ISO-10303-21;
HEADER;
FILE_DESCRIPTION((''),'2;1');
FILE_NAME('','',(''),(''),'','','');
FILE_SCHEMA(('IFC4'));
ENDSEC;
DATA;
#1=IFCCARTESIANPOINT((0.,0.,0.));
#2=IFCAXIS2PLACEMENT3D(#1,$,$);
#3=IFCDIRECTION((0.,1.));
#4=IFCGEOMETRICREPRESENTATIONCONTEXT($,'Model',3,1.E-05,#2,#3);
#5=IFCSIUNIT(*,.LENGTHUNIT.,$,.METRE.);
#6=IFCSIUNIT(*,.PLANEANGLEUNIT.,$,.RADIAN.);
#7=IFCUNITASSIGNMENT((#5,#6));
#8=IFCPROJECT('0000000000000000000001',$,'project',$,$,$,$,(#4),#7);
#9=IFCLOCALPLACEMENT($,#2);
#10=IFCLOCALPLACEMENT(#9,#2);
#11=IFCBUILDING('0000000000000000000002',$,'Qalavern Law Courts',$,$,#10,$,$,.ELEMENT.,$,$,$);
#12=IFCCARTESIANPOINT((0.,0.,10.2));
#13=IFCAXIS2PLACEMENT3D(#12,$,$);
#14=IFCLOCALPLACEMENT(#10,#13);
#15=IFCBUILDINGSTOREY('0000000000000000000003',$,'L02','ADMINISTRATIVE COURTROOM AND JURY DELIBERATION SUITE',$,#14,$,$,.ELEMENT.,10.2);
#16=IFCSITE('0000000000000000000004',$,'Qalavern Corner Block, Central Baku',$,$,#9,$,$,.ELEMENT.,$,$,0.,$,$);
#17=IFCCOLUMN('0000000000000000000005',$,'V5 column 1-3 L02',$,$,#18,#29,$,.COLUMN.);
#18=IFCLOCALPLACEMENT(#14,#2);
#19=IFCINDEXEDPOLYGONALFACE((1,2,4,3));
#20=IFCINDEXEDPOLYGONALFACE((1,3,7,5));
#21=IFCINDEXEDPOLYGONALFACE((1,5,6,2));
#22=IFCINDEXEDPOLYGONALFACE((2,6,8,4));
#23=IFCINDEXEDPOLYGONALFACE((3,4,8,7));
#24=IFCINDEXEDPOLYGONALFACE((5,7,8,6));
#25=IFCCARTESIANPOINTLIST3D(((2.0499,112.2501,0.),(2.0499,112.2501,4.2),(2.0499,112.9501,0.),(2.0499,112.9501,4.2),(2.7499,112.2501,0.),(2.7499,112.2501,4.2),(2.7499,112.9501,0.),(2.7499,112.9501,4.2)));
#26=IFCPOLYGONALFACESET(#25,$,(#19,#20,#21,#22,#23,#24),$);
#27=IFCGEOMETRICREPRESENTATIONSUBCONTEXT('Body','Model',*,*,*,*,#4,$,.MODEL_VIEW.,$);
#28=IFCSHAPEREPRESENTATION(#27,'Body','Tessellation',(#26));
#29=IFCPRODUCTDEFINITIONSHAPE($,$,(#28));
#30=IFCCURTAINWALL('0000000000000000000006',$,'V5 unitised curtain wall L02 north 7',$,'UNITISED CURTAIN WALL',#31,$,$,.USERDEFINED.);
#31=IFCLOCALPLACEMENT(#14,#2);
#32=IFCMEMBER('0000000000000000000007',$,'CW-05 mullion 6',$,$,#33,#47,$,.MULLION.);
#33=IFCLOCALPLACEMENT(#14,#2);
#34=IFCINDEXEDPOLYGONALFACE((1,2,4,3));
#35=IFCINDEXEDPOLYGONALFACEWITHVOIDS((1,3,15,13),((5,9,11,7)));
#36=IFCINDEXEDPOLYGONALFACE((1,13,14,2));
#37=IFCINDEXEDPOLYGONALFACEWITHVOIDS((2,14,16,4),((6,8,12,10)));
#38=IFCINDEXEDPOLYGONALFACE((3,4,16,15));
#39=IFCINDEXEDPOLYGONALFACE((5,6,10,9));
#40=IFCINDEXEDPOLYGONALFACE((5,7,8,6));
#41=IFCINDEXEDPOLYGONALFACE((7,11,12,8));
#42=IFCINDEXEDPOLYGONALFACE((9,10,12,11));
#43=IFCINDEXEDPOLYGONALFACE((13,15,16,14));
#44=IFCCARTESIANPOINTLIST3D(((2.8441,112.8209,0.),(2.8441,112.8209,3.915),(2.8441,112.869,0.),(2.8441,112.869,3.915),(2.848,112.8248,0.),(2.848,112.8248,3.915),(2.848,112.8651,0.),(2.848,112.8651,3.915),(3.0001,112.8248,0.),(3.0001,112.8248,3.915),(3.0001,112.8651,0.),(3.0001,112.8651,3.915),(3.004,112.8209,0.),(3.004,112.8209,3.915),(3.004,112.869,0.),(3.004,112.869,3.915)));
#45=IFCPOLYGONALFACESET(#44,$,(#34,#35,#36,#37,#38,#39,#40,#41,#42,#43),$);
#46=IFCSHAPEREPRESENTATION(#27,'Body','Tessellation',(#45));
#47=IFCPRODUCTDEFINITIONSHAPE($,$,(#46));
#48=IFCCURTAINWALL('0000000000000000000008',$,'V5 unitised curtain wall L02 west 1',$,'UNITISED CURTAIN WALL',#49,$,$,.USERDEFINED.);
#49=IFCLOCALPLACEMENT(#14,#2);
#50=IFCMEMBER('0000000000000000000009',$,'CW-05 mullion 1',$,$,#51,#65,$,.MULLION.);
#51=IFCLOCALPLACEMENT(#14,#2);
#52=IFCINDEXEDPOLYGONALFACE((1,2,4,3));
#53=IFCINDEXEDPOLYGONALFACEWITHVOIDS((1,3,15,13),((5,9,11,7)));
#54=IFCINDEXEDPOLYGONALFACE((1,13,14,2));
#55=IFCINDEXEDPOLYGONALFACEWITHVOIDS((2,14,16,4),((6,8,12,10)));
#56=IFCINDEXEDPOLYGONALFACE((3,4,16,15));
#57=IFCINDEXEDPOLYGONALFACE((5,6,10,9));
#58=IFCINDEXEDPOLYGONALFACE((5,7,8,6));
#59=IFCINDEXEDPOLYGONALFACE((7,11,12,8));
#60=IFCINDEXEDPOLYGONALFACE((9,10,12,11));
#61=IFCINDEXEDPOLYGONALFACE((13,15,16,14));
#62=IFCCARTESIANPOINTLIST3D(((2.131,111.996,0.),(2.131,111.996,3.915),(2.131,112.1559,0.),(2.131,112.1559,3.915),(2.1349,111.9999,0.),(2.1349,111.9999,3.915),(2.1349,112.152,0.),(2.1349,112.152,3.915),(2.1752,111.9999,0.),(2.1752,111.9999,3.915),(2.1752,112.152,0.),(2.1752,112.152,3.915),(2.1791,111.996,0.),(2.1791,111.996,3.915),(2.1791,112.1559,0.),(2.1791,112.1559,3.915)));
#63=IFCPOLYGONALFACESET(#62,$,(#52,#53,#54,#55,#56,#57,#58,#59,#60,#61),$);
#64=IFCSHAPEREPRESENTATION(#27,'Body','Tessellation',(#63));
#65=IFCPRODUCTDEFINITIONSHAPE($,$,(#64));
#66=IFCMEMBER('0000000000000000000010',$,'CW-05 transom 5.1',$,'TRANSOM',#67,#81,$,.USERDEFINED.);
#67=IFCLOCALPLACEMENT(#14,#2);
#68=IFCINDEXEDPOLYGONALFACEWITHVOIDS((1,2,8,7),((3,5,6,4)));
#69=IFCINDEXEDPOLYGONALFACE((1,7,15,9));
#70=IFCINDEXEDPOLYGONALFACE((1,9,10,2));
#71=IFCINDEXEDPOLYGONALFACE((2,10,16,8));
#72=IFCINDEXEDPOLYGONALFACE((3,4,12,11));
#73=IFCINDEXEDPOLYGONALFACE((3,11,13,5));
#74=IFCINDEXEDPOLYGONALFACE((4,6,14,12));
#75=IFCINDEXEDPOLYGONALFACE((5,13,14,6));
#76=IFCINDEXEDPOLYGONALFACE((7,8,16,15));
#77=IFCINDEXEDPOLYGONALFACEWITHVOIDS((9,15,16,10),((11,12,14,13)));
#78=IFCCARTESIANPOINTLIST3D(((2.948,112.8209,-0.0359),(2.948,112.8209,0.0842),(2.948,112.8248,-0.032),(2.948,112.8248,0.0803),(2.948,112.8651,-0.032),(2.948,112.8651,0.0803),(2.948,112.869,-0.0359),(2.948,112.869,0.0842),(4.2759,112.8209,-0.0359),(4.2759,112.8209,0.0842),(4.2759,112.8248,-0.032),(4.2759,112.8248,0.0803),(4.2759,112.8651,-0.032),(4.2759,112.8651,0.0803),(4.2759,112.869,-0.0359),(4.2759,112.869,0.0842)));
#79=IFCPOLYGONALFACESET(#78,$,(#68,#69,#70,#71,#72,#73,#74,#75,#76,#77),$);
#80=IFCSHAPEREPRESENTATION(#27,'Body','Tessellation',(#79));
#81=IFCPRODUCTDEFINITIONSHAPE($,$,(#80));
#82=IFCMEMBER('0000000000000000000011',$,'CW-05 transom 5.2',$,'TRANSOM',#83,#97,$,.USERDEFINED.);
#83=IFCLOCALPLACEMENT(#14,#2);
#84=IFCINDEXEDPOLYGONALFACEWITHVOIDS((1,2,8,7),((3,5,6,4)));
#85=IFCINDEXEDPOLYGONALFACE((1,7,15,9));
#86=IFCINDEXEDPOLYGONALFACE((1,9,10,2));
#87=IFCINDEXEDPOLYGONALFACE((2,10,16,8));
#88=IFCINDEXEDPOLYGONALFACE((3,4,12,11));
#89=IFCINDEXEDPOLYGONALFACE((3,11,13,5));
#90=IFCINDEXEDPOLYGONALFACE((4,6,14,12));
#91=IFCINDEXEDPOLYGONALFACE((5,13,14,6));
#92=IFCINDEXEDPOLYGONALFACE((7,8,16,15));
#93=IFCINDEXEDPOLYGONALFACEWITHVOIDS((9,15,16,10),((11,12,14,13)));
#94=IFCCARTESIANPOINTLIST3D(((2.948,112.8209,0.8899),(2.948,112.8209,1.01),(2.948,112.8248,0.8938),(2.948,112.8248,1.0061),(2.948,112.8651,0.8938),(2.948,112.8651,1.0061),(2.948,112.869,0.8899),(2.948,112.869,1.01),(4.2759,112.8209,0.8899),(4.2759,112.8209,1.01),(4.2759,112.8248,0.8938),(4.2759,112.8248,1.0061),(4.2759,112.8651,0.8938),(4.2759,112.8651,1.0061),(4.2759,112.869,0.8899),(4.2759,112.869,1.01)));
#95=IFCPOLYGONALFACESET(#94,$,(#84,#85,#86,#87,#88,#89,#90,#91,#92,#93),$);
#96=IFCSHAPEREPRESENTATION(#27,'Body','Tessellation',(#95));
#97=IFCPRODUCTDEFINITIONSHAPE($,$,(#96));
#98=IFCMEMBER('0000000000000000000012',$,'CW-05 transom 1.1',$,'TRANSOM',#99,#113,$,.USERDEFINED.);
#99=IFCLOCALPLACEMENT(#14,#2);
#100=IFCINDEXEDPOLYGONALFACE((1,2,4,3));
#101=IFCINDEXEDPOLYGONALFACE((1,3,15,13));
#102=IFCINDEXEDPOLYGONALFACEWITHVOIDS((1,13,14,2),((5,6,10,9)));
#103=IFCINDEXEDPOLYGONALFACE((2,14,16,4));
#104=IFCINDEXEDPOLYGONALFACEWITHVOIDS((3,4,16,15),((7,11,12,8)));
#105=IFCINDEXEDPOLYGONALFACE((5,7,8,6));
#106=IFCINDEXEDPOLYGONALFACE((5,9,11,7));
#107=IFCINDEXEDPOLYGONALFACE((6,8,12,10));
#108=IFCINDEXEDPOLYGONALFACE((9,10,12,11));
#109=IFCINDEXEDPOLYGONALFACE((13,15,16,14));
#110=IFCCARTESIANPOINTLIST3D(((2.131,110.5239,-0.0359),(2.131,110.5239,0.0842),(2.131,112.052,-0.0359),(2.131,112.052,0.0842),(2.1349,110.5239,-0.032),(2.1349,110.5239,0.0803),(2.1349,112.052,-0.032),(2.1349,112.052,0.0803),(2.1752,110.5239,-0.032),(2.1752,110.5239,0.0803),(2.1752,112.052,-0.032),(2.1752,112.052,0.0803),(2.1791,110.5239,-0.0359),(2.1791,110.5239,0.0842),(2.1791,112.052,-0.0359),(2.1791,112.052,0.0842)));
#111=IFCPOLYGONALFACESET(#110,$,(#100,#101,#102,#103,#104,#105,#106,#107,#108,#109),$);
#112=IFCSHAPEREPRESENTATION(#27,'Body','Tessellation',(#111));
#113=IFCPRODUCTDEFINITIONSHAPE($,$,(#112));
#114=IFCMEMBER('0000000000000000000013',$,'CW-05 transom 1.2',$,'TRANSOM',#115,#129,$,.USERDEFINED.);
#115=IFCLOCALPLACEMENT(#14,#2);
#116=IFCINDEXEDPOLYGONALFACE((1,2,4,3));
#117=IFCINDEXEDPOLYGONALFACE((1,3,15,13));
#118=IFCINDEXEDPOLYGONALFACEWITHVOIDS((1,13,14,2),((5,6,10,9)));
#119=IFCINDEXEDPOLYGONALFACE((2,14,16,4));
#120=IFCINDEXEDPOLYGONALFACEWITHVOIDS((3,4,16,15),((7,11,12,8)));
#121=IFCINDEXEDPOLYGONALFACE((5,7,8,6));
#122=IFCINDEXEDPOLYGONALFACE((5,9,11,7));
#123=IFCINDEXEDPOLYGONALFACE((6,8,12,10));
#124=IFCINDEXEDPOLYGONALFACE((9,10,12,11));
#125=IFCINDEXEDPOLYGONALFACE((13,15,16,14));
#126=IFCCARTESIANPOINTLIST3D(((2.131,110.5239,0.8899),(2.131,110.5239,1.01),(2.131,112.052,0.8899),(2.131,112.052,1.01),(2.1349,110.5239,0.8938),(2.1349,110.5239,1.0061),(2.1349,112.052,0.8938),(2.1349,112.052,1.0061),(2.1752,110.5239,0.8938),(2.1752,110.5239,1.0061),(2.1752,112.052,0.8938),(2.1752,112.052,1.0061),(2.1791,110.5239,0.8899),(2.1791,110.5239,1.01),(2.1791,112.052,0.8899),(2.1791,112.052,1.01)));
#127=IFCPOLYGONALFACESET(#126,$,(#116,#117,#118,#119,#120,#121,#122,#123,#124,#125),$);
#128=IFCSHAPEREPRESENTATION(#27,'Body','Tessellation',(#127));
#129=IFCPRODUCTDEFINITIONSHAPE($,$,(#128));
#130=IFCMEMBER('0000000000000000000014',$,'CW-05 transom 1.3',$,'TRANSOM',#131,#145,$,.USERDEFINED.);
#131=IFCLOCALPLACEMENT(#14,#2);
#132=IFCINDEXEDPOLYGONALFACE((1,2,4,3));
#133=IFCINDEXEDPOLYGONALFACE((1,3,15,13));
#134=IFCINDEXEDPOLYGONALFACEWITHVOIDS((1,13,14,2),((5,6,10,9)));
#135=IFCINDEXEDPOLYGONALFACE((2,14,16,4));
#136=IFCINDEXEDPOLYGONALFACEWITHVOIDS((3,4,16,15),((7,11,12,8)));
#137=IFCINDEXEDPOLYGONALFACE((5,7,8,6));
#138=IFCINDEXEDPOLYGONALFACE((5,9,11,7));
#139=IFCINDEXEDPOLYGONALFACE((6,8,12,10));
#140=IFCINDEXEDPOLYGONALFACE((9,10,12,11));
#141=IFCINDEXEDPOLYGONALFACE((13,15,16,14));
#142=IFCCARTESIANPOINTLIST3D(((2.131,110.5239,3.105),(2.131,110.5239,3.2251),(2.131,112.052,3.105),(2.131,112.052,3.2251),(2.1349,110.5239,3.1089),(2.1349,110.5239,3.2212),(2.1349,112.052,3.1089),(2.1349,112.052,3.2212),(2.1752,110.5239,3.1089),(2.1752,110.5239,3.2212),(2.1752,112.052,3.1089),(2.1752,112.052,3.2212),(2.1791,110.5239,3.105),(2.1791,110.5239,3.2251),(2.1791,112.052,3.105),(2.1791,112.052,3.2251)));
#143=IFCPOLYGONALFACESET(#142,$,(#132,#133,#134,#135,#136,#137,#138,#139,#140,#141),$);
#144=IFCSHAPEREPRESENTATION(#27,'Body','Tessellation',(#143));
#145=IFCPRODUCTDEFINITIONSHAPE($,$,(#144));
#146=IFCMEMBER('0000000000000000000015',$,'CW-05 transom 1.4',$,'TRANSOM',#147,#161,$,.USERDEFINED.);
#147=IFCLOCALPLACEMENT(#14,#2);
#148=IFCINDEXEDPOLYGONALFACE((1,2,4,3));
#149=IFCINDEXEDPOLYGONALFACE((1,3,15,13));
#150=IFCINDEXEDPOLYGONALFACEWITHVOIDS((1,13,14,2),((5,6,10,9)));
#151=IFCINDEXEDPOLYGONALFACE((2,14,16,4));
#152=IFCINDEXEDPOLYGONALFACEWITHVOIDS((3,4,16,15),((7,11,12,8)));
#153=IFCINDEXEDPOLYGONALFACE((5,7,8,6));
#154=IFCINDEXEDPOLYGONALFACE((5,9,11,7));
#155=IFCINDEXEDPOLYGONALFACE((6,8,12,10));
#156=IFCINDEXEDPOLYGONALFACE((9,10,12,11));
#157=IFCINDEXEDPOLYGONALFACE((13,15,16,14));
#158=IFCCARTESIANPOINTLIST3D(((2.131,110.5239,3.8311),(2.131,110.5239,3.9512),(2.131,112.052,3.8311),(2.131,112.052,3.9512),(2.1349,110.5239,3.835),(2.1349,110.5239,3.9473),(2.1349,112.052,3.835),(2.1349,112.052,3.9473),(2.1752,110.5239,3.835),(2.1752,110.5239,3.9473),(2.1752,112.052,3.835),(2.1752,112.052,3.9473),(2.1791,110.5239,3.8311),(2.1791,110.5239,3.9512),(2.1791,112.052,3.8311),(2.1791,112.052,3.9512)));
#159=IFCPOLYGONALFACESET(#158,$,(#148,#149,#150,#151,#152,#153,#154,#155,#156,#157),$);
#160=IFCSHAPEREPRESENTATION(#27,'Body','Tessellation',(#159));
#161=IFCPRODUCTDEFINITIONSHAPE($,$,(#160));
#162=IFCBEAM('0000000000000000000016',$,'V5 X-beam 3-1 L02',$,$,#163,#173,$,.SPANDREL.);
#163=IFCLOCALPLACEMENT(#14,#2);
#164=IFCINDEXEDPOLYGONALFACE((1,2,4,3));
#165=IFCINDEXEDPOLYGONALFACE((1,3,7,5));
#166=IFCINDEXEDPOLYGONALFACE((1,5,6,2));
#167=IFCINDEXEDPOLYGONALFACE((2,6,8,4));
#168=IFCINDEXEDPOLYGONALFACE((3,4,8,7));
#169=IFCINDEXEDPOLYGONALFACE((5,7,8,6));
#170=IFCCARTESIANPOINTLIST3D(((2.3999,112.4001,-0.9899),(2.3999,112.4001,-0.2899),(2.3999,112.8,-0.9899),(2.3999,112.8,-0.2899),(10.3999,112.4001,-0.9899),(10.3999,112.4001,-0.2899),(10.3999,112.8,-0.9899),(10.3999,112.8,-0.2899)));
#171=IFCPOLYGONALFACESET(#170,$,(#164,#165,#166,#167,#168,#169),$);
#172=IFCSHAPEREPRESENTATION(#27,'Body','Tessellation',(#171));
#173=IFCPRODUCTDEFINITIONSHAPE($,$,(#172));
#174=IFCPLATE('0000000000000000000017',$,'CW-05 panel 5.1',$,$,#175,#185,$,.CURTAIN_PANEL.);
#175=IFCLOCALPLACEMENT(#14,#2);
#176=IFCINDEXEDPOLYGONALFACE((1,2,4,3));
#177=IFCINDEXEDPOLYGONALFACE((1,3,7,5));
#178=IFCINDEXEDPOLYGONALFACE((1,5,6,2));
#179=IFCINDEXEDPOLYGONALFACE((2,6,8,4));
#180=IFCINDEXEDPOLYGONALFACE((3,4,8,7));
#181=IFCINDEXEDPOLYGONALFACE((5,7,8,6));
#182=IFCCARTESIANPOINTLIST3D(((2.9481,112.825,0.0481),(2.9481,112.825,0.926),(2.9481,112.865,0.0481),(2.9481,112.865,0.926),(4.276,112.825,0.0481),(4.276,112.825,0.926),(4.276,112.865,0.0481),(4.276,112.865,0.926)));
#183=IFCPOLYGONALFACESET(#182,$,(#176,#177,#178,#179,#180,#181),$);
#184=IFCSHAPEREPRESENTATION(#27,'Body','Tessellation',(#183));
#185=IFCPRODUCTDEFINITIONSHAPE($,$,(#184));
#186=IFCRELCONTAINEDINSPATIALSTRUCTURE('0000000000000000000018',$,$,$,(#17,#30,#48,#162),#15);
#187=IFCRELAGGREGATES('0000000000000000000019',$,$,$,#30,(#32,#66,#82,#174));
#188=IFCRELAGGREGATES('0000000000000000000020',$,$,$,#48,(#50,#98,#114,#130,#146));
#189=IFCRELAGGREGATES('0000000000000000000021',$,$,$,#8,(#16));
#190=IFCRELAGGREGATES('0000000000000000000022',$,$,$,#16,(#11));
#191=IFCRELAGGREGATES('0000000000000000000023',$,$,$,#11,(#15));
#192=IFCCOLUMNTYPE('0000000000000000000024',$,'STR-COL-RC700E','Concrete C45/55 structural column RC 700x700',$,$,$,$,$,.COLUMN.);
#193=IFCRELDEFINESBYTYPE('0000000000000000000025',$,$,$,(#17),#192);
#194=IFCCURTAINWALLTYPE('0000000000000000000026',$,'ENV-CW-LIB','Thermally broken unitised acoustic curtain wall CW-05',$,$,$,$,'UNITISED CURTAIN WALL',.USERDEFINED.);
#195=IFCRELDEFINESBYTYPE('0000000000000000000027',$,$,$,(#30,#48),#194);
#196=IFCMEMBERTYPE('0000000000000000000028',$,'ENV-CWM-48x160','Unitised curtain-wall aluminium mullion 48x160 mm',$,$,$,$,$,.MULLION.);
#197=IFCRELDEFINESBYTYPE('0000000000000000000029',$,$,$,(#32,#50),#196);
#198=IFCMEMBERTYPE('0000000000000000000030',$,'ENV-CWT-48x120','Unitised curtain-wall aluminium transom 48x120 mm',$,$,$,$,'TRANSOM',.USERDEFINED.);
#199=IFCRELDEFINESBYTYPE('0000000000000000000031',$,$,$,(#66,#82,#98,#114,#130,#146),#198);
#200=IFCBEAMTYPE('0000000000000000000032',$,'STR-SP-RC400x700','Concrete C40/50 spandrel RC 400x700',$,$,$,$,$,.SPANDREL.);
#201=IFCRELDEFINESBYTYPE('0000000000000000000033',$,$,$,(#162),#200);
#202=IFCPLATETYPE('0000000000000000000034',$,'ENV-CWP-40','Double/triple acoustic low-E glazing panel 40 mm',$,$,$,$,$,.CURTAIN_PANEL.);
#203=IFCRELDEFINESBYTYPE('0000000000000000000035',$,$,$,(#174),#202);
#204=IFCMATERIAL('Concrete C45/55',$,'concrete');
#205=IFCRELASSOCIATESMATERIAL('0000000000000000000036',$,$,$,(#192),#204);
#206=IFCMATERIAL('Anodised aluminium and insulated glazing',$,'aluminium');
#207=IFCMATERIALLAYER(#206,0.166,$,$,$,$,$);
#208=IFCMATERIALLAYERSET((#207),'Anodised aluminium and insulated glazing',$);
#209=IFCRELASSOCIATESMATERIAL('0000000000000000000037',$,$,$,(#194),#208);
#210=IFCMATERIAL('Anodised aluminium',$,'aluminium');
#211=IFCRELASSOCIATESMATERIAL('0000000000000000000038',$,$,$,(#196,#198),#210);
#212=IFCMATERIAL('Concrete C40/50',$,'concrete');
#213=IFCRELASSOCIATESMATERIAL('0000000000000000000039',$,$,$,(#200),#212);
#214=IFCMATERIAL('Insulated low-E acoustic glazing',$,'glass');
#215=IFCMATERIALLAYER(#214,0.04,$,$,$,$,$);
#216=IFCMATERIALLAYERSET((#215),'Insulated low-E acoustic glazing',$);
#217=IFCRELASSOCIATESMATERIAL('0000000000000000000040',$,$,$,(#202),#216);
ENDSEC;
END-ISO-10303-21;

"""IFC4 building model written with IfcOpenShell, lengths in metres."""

from ifc_helpers import new_model, si_unit, direction, frame, origin, origin_2d, place, context, subcontext, project, spatial, rectangle, hollow_rectangle, extrude, material, layer, layer_set, material_profile, profile_set, type_object, element, aggregate, save


model = new_model("IFC4")

# Units and contexts
model_context = context("Model", 3, precision=1e-05, world=origin(), true_north=direction((0.0, 1.0)))
body_context = subcontext(model_context, "Body", "Model", "MODEL_VIEW")
ifc_project = project(units=[si_unit("LENGTHUNIT", "METRE"), si_unit("PLANEANGLEUNIT", "RADIAN")], contexts=[model_context])

# Site, building, storey
site_placement = place(None, origin())
site = spatial("IfcSite", under=ifc_project, at=site_placement, Name="Qalavern Corner Block, Central Baku", CompositionType="ELEMENT", RefElevation=0.0)
building_placement = place(site_placement, origin())
building = spatial("IfcBuilding", under=site, at=building_placement, Name="Qalavern Law Courts", CompositionType="ELEMENT")
storey_placement = place(building_placement, frame((0.0, 0.0, 10.2)))
storey = spatial("IfcBuildingStorey", under=building, at=storey_placement, Name="L02", Description="ADMINISTRATIVE COURTROOM AND JURY DELIBERATION SUITE", CompositionType="ELEMENT", Elevation=10.2)

# Column
ifc_material_1 = material(Name="Concrete C45/55", Category="concrete")
ifc_material_profile_1 = material_profile(ifc_material_1, rectangle(XDim=0.7, YDim=0.7, at=origin_2d()), Name="RC 700x700")
ifc_profile_set_1 = profile_set([ifc_material_profile_1], Name="Concrete C45/55")
column_type = type_object("IfcColumnType", Name="STR-COL-RC700E", Description="Concrete C45/55 structural column RC 700x700", PredefinedType="COLUMN", material=ifc_profile_set_1)
column_placement = place(storey_placement, frame((2.3999, 112.6001, 0.0), z_axis=(0.0, 0.0, 1.0), x_axis=(1.0, 0.0, 0.0)))
element("IfcColumn", 1, at=column_placement, inside=storey, type_object=column_type, Name="V5 column 1-3 L02", PredefinedType="COLUMN", context=body_context, shape_type="SweptSolid", body=[
    extrude(rectangle(XDim=0.7, YDim=0.7, at=origin_2d()), origin(), (0.0, 0.0, 1.0), 4.2),
])

# Curtain walls, members
ifc_material_2 = material(Name="Anodised aluminium and insulated glazing", Category="aluminium")
ifc_layer_1 = layer(ifc_material_2, 0.166)
ifc_layer_set_1 = layer_set([ifc_layer_1], Name="Anodised aluminium and insulated glazing")
curtain_wall_type = type_object("IfcCurtainWallType", Name="ENV-CW-LIB", Description="Thermally broken unitised acoustic curtain wall CW-05", ElementType="UNITISED CURTAIN WALL", PredefinedType="USERDEFINED", material=ifc_layer_set_1)
curtain_wall_1_placement = place(storey_placement, origin())
curtain_wall_1 = element("IfcCurtainWall", 2, at=curtain_wall_1_placement, inside=storey, type_object=curtain_wall_type, Name="V5 unitised curtain wall L02 north 7", ObjectType="UNITISED CURTAIN WALL", PredefinedType="USERDEFINED")
ifc_material_3 = material(Name="Anodised aluminium", Category="aluminium")
ifc_material_profile_2 = material_profile(ifc_material_3, hollow_rectangle(XDim=0.0481, YDim=0.1599, WallThickness=0.0039, at=origin_2d()), Name="ALU MULLION 48x160")
ifc_profile_set_2 = profile_set([ifc_material_profile_2], Name="Anodised aluminium")
member_type_1 = type_object("IfcMemberType", Name="ENV-CWM-48x160", Description="Unitised curtain-wall aluminium mullion 48x160 mm", PredefinedType="MULLION", material=ifc_profile_set_2)
member_1_placement = place(storey_placement, frame((2.9241, 112.845, 0.0), z_axis=(0.0, 0.0, 1.0), x_axis=(0.0, -1.0, 0.0)))
member_1 = element("IfcMember", 3, at=member_1_placement, type_object=member_type_1, Name="CW-05 mullion 6", PredefinedType="MULLION", context=body_context, shape_type="SweptSolid", body=[
    extrude(hollow_rectangle(XDim=0.0481, YDim=0.1599, WallThickness=0.0039, at=origin_2d()), origin(), (0.0, 0.0, 1.0), 3.915),
])
curtain_wall_2_placement = place(storey_placement, origin())
curtain_wall_2 = element("IfcCurtainWall", 4, at=curtain_wall_2_placement, inside=storey, type_object=curtain_wall_type, Name="V5 unitised curtain wall L02 west 1", ObjectType="UNITISED CURTAIN WALL", PredefinedType="USERDEFINED")
member_2_placement = place(storey_placement, frame((2.155, 112.0759, 0.0), z_axis=(0.0, 0.0, 1.0), x_axis=(1.0, 0.0, 0.0)))
member_2 = element("IfcMember", 5, at=member_2_placement, type_object=member_type_1, Name="CW-05 mullion 1", PredefinedType="MULLION", context=body_context, shape_type="SweptSolid", body=[
    extrude(hollow_rectangle(XDim=0.0481, YDim=0.1599, WallThickness=0.0039, at=origin_2d()), origin(), (0.0, 0.0, 1.0), 3.915),
])

# Members
ifc_material_profile_3 = material_profile(ifc_material_3, hollow_rectangle(XDim=0.0481, YDim=0.1201, WallThickness=0.0039, at=origin_2d()), Name="ALU TRANSOM 48x120")
ifc_profile_set_3 = profile_set([ifc_material_profile_3], Name="Anodised aluminium")
member_type_2 = type_object("IfcMemberType", Name="ENV-CWT-48x120", Description="Unitised curtain-wall aluminium transom 48x120 mm", ElementType="TRANSOM", PredefinedType="USERDEFINED", material=ifc_profile_set_3)
member_3_placement = place(storey_placement, frame((4.2759, 112.845, 0.0242), z_axis=(-1.0, 0.0, 0.0), x_axis=(0.0, -1.0, 0.0)))
member_3 = element("IfcMember", 6, at=member_3_placement, type_object=member_type_2, Name="CW-05 transom 5.1", ObjectType="TRANSOM", PredefinedType="USERDEFINED", context=body_context, shape_type="SweptSolid", body=[
    extrude(hollow_rectangle(XDim=0.0481, YDim=0.1201, WallThickness=0.0039, at=origin_2d()), origin(), (0.0, 0.0, 1.0), 1.3279),
])
member_4_placement = place(storey_placement, frame((4.2759, 112.845, 0.95), z_axis=(-1.0, 0.0, 0.0), x_axis=(0.0, -1.0, 0.0)))
member_4 = element("IfcMember", 7, at=member_4_placement, type_object=member_type_2, Name="CW-05 transom 5.2", ObjectType="TRANSOM", PredefinedType="USERDEFINED", context=body_context, shape_type="SweptSolid", body=[
    extrude(hollow_rectangle(XDim=0.0481, YDim=0.1201, WallThickness=0.0039, at=origin_2d()), origin(), (0.0, 0.0, 1.0), 1.3279),
])
member_5_placement = place(storey_placement, frame((2.155, 112.052, 0.0242), z_axis=(0.0, -1.0, 0.0), x_axis=(1.0, 0.0, 0.0)))
member_5 = element("IfcMember", 8, at=member_5_placement, type_object=member_type_2, Name="CW-05 transom 1.1", ObjectType="TRANSOM", PredefinedType="USERDEFINED", context=body_context, shape_type="SweptSolid", body=[
    extrude(hollow_rectangle(XDim=0.0481, YDim=0.1201, WallThickness=0.0039, at=origin_2d()), origin(), (0.0, 0.0, 1.0), 1.5281),
])
member_6_placement = place(storey_placement, frame((2.155, 112.052, 0.95), z_axis=(0.0, -1.0, 0.0), x_axis=(1.0, 0.0, 0.0)))
member_6 = element("IfcMember", 9, at=member_6_placement, type_object=member_type_2, Name="CW-05 transom 1.2", ObjectType="TRANSOM", PredefinedType="USERDEFINED", context=body_context, shape_type="SweptSolid", body=[
    extrude(hollow_rectangle(XDim=0.0481, YDim=0.1201, WallThickness=0.0039, at=origin_2d()), origin(), (0.0, 0.0, 1.0), 1.5281),
])
member_7_placement = place(storey_placement, frame((2.155, 112.052, 3.165), z_axis=(0.0, -1.0, 0.0), x_axis=(1.0, 0.0, 0.0)))
member_7 = element("IfcMember", 10, at=member_7_placement, type_object=member_type_2, Name="CW-05 transom 1.3", ObjectType="TRANSOM", PredefinedType="USERDEFINED", context=body_context, shape_type="SweptSolid", body=[
    extrude(hollow_rectangle(XDim=0.0481, YDim=0.1201, WallThickness=0.0039, at=origin_2d()), origin(), (0.0, 0.0, 1.0), 1.5281),
])
member_8_placement = place(storey_placement, frame((2.155, 112.052, 3.8911), z_axis=(0.0, -1.0, 0.0), x_axis=(1.0, 0.0, 0.0)))
member_8 = element("IfcMember", 11, at=member_8_placement, type_object=member_type_2, Name="CW-05 transom 1.4", ObjectType="TRANSOM", PredefinedType="USERDEFINED", context=body_context, shape_type="SweptSolid", body=[
    extrude(hollow_rectangle(XDim=0.0481, YDim=0.1201, WallThickness=0.0039, at=origin_2d()), origin(), (0.0, 0.0, 1.0), 1.5281),
])

# Beam
ifc_material_4 = material(Name="Concrete C40/50", Category="concrete")
ifc_material_profile_4 = material_profile(ifc_material_4, rectangle(XDim=0.3999, YDim=0.7, at=origin_2d()), Name="RC 400x700")
ifc_profile_set_4 = profile_set([ifc_material_profile_4], Name="Concrete C40/50")
beam_type = type_object("IfcBeamType", Name="STR-SP-RC400x700", Description="Concrete C40/50 spandrel RC 400x700", PredefinedType="SPANDREL", material=ifc_profile_set_4)
beam_placement = place(storey_placement, frame((2.3999, 112.6001, -0.6399), z_axis=(1.0, 0.0, 0.0), x_axis=(0.0, 1.0, 0.0)))
element("IfcBeam", 12, at=beam_placement, inside=storey, type_object=beam_type, Name="V5 X-beam 3-1 L02", PredefinedType="SPANDREL", context=body_context, shape_type="SweptSolid", body=[
    extrude(rectangle(XDim=0.3999, YDim=0.7, at=origin_2d()), origin(), (0.0, 0.0, 1.0), 8.0),
])

# Plate
ifc_material_5 = material(Name="Insulated low-E acoustic glazing", Category="glass")
ifc_layer_2 = layer(ifc_material_5, 0.04)
ifc_layer_set_2 = layer_set([ifc_layer_2], Name="Insulated low-E acoustic glazing")
plate_type_1 = type_object("IfcPlateType", Name="ENV-CWP-40", Description="Double/triple acoustic low-E glazing panel 40 mm", PredefinedType="CURTAIN_PANEL", material=ifc_layer_set_2)
plate_1_placement = place(storey_placement, frame((3.6121, 112.845, 0.0481), z_axis=(0.0, 0.0, 1.0), x_axis=(-1.0, 0.0, 0.0)))
plate_1 = element("IfcPlate", 13, at=plate_1_placement, type_object=plate_type_1, Name="CW-05 panel 5.1", PredefinedType="CURTAIN_PANEL", context=body_context, shape_type="SweptSolid", body=[
    extrude(rectangle(XDim=1.3279, YDim=0.04, at=origin_2d()), origin(), (0.0, 0.0, 1.0), 0.8779),
])
aggregate(curtain_wall_1, [member_1, member_3, member_4, plate_1])
aggregate(curtain_wall_2, [member_2, member_5, member_6, member_7, member_8])

save(model, "model.ifc")
